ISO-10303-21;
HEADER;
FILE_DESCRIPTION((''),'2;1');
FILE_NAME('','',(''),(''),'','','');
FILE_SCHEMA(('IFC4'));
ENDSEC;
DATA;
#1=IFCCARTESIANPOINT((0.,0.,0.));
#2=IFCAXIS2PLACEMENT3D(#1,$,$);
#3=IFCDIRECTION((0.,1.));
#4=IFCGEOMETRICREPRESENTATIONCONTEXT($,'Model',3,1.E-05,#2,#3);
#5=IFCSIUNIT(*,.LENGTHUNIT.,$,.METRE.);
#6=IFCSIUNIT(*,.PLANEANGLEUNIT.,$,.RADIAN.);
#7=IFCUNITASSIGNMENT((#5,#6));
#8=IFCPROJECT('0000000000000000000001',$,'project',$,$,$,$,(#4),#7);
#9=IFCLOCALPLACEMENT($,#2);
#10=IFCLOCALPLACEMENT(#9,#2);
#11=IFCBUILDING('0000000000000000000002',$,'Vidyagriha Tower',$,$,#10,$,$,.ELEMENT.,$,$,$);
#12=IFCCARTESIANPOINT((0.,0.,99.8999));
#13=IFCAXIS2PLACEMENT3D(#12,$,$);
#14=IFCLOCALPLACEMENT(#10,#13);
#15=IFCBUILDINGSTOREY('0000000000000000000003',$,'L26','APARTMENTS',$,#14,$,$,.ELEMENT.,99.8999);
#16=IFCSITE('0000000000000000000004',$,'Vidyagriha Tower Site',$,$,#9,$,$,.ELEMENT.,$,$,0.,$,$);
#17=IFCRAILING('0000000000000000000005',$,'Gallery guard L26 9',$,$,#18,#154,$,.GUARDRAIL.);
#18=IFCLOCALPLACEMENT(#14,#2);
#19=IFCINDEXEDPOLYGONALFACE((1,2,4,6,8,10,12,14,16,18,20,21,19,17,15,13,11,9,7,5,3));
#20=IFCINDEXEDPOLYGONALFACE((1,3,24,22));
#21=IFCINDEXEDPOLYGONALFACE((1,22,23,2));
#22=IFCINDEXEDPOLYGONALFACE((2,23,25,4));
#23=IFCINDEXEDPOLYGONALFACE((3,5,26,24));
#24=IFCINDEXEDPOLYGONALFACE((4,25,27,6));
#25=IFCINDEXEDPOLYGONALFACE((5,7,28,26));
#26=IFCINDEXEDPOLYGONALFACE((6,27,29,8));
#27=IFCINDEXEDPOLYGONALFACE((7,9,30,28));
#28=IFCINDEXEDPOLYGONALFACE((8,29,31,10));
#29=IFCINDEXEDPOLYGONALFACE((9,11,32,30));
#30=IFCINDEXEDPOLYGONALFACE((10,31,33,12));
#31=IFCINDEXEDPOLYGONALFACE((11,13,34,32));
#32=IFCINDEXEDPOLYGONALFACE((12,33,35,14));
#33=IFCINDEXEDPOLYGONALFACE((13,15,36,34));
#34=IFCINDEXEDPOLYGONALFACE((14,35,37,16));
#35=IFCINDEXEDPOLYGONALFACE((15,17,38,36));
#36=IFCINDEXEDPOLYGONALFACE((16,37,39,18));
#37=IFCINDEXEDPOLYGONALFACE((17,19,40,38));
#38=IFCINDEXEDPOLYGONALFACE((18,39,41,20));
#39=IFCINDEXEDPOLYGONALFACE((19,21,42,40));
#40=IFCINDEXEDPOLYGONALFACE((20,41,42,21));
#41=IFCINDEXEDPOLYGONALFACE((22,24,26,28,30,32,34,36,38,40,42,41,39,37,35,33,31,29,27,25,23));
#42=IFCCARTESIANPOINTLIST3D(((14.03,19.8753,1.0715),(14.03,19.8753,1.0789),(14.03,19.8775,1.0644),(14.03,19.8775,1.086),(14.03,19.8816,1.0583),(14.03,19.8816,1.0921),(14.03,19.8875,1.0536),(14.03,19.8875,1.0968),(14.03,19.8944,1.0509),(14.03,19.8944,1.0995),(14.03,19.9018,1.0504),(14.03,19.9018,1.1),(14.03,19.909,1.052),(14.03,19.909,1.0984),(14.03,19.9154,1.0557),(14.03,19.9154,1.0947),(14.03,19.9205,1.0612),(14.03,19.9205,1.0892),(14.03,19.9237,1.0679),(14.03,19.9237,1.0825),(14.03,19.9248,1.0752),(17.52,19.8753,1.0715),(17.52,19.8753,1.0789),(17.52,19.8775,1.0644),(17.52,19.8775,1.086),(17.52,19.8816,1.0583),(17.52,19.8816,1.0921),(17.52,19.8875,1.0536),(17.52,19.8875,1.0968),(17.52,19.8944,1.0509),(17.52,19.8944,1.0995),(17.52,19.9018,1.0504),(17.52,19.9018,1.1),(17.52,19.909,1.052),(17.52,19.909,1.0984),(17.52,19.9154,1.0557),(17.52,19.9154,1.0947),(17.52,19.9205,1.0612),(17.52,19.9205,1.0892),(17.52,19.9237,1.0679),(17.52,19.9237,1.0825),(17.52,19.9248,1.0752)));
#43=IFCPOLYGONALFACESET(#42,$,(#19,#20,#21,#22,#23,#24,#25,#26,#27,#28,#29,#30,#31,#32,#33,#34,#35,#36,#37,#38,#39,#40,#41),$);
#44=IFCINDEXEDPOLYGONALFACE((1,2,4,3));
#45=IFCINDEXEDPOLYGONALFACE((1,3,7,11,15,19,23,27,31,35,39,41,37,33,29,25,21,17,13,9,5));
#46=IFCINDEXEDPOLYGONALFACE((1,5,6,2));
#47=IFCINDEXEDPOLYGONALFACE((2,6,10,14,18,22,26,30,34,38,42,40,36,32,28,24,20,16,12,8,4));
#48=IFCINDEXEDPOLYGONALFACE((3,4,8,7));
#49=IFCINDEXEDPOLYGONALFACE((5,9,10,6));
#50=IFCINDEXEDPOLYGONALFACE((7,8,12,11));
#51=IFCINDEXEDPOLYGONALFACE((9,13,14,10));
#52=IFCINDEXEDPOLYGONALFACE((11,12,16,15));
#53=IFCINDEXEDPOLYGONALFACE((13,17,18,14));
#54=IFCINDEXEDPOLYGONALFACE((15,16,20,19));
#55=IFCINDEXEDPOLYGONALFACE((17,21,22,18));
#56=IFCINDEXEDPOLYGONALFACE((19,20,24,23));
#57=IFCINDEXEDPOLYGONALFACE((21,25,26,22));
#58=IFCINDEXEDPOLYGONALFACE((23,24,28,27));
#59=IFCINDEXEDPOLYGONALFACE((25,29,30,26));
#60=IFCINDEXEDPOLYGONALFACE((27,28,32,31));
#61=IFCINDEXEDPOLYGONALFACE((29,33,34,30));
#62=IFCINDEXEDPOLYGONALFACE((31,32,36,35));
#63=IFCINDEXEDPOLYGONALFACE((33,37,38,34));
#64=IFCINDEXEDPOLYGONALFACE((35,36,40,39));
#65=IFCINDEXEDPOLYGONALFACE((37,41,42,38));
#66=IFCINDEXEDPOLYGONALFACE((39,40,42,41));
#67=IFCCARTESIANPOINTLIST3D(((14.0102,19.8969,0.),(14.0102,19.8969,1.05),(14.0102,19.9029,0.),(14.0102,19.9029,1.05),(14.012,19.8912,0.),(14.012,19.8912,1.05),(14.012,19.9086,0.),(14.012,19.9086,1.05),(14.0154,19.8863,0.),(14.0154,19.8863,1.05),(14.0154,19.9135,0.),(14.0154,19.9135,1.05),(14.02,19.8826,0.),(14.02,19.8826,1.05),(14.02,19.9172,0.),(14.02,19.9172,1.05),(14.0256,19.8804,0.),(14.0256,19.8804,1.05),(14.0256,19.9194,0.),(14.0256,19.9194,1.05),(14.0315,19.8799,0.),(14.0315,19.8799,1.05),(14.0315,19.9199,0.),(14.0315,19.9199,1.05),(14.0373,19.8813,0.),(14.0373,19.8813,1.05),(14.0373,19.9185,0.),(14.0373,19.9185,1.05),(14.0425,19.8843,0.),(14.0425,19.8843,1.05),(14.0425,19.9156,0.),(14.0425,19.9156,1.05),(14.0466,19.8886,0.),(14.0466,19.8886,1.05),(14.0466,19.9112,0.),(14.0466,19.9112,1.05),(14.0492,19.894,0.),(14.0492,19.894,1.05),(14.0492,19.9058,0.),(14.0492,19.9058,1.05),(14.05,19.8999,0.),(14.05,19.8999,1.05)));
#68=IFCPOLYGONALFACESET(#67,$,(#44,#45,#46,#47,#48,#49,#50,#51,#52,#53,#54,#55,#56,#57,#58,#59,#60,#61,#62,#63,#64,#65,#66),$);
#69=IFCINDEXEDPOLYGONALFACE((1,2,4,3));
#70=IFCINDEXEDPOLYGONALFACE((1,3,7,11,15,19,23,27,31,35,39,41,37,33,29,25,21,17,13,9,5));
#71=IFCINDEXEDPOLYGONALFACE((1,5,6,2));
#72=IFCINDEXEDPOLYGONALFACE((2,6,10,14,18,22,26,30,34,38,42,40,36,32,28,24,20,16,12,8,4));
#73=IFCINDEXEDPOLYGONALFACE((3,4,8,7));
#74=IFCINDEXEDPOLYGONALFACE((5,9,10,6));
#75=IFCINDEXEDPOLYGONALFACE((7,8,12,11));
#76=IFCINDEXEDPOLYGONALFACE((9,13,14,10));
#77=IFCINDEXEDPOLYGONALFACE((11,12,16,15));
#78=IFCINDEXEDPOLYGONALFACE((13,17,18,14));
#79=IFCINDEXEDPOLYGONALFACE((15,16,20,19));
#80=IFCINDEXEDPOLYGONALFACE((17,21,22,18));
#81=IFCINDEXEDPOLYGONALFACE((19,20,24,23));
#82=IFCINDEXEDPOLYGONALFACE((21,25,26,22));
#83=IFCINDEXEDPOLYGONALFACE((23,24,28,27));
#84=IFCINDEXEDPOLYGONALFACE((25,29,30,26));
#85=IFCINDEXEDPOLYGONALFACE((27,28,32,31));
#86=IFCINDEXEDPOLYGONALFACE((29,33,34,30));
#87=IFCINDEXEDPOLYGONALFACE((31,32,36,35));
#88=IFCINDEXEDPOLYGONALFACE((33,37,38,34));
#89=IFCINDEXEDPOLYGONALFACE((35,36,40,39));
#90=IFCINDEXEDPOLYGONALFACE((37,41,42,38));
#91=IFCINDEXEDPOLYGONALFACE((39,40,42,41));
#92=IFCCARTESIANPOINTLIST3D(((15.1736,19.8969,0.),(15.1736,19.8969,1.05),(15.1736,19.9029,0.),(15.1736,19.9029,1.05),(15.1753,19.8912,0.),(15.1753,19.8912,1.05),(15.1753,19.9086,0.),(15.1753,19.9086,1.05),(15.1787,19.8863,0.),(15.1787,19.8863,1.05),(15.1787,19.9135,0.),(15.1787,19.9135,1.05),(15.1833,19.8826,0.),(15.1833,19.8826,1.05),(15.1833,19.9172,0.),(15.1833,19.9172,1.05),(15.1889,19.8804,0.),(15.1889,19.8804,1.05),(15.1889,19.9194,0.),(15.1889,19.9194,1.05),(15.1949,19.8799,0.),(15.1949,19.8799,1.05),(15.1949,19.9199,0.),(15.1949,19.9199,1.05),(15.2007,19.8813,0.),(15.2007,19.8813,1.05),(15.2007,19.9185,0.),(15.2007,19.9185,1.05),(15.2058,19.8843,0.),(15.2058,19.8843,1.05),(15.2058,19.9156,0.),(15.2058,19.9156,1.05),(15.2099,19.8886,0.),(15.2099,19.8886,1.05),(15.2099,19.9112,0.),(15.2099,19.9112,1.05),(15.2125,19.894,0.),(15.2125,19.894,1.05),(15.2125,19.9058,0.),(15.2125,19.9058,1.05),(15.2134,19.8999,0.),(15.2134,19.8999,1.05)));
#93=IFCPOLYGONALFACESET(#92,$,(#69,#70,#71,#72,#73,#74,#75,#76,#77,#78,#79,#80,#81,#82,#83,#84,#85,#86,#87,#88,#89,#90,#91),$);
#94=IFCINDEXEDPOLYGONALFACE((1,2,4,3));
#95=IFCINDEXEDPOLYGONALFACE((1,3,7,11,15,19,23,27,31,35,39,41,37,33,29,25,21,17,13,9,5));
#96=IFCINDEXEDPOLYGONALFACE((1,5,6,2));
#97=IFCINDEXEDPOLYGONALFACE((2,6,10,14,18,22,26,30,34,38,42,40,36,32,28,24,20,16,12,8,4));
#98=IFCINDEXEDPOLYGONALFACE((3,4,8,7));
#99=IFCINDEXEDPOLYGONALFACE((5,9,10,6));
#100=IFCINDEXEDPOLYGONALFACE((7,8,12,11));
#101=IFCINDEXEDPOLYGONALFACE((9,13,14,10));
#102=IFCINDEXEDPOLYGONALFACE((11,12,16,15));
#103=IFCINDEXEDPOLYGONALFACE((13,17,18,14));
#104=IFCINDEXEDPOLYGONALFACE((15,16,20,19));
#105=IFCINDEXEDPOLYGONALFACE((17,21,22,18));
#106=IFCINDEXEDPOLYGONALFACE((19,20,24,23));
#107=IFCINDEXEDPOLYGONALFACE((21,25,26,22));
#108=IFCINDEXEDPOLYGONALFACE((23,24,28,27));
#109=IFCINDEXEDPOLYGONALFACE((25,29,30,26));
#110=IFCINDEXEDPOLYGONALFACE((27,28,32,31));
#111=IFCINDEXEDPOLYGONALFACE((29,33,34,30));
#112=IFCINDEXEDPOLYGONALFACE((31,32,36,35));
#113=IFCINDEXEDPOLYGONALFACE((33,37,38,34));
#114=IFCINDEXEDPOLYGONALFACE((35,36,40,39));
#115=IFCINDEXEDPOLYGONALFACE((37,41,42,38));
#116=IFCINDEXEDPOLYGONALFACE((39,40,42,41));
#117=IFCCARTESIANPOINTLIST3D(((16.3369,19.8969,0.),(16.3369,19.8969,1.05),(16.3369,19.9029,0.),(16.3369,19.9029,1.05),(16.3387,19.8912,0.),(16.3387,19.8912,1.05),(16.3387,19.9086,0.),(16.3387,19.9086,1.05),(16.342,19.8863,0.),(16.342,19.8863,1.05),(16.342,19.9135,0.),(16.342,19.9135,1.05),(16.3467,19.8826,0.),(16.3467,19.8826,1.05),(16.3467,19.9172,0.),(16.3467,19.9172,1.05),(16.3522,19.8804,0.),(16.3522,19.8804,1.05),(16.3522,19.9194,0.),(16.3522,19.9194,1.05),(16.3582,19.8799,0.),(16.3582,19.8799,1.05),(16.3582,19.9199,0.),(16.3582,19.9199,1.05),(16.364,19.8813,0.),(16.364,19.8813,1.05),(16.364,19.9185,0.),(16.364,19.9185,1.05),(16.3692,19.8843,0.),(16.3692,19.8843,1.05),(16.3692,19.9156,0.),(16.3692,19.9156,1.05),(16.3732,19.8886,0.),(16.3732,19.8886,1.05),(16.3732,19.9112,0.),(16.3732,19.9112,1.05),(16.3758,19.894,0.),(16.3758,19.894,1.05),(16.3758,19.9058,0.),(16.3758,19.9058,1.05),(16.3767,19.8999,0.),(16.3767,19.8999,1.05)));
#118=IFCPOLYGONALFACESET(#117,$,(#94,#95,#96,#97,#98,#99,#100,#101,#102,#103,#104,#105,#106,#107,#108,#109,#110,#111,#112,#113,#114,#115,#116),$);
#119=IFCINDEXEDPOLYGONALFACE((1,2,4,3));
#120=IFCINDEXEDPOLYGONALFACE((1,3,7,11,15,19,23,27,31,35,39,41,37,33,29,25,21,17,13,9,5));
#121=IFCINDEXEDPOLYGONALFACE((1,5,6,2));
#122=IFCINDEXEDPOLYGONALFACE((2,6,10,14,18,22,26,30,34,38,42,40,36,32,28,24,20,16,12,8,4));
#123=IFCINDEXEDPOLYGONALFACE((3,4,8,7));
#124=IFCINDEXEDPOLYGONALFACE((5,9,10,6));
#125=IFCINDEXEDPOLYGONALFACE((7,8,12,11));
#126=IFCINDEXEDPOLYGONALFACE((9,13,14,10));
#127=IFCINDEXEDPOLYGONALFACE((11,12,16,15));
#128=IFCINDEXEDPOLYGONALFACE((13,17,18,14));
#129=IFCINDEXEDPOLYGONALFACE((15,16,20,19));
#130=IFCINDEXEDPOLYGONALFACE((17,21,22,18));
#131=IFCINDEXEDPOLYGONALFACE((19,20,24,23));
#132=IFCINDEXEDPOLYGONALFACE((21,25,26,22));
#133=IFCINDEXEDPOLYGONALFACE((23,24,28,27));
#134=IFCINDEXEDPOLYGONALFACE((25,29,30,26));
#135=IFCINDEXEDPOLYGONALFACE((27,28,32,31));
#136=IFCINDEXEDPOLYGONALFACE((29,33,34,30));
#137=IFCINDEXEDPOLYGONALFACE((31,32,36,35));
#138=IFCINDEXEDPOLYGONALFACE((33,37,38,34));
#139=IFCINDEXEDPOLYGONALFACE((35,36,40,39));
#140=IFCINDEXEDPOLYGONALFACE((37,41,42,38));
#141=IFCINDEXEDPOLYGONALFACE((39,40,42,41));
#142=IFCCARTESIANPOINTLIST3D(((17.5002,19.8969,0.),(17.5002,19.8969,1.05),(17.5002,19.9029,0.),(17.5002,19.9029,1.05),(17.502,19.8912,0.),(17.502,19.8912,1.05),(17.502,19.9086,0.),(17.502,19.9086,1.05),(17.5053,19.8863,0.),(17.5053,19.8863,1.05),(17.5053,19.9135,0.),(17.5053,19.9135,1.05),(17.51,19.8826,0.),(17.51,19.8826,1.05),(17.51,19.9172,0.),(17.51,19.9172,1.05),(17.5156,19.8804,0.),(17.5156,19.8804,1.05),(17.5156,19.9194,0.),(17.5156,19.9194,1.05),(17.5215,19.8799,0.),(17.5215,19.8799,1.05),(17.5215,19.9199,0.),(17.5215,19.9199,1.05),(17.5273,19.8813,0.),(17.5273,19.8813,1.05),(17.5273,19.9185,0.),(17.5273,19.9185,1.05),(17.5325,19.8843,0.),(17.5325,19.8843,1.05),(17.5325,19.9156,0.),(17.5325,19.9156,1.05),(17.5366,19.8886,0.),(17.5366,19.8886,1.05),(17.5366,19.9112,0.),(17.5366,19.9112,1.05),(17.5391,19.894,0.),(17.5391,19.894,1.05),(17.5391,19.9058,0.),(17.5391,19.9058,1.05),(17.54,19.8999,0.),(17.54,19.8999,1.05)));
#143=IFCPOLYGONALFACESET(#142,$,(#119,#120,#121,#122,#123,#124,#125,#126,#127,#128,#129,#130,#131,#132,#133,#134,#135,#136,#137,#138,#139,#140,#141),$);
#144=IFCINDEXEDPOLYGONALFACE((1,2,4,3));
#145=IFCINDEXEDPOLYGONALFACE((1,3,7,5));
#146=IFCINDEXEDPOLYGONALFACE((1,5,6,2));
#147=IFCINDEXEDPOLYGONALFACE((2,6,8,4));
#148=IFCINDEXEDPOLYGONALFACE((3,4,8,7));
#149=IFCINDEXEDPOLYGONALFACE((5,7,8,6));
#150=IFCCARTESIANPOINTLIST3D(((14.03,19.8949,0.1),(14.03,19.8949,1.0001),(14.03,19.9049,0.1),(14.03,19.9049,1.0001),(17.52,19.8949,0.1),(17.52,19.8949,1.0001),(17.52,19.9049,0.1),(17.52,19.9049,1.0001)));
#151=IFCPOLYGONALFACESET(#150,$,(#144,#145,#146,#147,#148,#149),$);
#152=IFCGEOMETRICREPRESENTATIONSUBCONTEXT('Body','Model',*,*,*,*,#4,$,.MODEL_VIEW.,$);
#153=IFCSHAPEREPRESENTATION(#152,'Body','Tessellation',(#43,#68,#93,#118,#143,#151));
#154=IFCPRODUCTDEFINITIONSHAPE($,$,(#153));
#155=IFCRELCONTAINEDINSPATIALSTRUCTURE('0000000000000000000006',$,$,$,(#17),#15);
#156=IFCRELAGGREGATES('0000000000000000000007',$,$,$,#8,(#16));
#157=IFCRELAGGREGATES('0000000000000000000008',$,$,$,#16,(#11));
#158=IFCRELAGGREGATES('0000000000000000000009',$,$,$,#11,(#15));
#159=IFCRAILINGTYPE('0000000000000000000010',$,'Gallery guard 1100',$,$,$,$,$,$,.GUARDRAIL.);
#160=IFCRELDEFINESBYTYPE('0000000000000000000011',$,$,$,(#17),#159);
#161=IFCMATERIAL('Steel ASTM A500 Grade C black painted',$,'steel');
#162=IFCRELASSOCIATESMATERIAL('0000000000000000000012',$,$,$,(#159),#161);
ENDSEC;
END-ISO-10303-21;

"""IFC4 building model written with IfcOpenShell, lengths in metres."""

from ifc_helpers import new_model, si_unit, direction, frame, origin, origin_2d, place, context, subcontext, project, spatial, rectangle, circle, extrude, material, type_object, element, save


model = new_model("IFC4")

# Units and contexts
model_context = context("Model", 3, precision=1e-05, world=origin(), true_north=direction((0.0, 1.0)))
body_context = subcontext(model_context, "Body", "Model", "MODEL_VIEW")
ifc_project = project(units=[si_unit("LENGTHUNIT", "METRE"), si_unit("PLANEANGLEUNIT", "RADIAN")], contexts=[model_context])

# Site, building, storey
site_placement = place(None, origin())
site = spatial("IfcSite", under=ifc_project, at=site_placement, Name="Vidyagriha Tower Site", CompositionType="ELEMENT", RefElevation=0.0)
building_placement = place(site_placement, origin())
building = spatial("IfcBuilding", under=site, at=building_placement, Name="Vidyagriha Tower", CompositionType="ELEMENT")
storey_placement = place(building_placement, frame((0.0, 0.0, 99.8999)))
storey = spatial("IfcBuildingStorey", under=building, at=storey_placement, Name="L26", Description="APARTMENTS", CompositionType="ELEMENT", Elevation=99.8999)

# Railing
ifc_material_1 = material(Name="Steel ASTM A500 Grade C black painted", Category="steel")
railing_type = type_object("IfcRailingType", Name="Gallery guard 1100", PredefinedType="GUARDRAIL", material=ifc_material_1)
railing_1_placement = place(storey_placement, frame((14.03, 19.8999, 0.0)))
element("IfcRailing", 1, at=railing_1_placement, inside=storey, type_object=railing_type, Name="Gallery guard L26 9", PredefinedType="GUARDRAIL", context=body_context, shape_type="SweptSolid", body=[
    extrude(circle(Radius=0.0249, at=origin_2d()), frame((0.0, 0.0, 1.0752), z_axis=(1.0, 0.0, 0.0), x_axis=(0.0, 1.0, 0.0)), (0.0, 0.0, 1.0), 3.49),
    extrude(circle(Radius=0.02, at=origin_2d()), origin(), (0.0, 0.0, 1.0), 1.05),
    extrude(circle(Radius=0.02, at=origin_2d()), frame((1.1633, 0.0, 0.0)), (0.0, 0.0, 1.0), 1.05),
    extrude(circle(Radius=0.02, at=origin_2d()), frame((2.3267, 0.0, 0.0)), (0.0, 0.0, 1.0), 1.05),
    extrude(circle(Radius=0.02, at=origin_2d()), frame((3.49, 0.0, 0.0)), (0.0, 0.0, 1.0), 1.05),
    extrude(rectangle(XDim=0.01, YDim=0.9001, at=origin_2d()), frame((0.0, 0.0, 0.55), z_axis=(1.0, 0.0, 0.0), x_axis=(0.0, 1.0, 0.0)), (0.0, 0.0, 1.0), 3.49),
])

save(model, "model.ifc")
